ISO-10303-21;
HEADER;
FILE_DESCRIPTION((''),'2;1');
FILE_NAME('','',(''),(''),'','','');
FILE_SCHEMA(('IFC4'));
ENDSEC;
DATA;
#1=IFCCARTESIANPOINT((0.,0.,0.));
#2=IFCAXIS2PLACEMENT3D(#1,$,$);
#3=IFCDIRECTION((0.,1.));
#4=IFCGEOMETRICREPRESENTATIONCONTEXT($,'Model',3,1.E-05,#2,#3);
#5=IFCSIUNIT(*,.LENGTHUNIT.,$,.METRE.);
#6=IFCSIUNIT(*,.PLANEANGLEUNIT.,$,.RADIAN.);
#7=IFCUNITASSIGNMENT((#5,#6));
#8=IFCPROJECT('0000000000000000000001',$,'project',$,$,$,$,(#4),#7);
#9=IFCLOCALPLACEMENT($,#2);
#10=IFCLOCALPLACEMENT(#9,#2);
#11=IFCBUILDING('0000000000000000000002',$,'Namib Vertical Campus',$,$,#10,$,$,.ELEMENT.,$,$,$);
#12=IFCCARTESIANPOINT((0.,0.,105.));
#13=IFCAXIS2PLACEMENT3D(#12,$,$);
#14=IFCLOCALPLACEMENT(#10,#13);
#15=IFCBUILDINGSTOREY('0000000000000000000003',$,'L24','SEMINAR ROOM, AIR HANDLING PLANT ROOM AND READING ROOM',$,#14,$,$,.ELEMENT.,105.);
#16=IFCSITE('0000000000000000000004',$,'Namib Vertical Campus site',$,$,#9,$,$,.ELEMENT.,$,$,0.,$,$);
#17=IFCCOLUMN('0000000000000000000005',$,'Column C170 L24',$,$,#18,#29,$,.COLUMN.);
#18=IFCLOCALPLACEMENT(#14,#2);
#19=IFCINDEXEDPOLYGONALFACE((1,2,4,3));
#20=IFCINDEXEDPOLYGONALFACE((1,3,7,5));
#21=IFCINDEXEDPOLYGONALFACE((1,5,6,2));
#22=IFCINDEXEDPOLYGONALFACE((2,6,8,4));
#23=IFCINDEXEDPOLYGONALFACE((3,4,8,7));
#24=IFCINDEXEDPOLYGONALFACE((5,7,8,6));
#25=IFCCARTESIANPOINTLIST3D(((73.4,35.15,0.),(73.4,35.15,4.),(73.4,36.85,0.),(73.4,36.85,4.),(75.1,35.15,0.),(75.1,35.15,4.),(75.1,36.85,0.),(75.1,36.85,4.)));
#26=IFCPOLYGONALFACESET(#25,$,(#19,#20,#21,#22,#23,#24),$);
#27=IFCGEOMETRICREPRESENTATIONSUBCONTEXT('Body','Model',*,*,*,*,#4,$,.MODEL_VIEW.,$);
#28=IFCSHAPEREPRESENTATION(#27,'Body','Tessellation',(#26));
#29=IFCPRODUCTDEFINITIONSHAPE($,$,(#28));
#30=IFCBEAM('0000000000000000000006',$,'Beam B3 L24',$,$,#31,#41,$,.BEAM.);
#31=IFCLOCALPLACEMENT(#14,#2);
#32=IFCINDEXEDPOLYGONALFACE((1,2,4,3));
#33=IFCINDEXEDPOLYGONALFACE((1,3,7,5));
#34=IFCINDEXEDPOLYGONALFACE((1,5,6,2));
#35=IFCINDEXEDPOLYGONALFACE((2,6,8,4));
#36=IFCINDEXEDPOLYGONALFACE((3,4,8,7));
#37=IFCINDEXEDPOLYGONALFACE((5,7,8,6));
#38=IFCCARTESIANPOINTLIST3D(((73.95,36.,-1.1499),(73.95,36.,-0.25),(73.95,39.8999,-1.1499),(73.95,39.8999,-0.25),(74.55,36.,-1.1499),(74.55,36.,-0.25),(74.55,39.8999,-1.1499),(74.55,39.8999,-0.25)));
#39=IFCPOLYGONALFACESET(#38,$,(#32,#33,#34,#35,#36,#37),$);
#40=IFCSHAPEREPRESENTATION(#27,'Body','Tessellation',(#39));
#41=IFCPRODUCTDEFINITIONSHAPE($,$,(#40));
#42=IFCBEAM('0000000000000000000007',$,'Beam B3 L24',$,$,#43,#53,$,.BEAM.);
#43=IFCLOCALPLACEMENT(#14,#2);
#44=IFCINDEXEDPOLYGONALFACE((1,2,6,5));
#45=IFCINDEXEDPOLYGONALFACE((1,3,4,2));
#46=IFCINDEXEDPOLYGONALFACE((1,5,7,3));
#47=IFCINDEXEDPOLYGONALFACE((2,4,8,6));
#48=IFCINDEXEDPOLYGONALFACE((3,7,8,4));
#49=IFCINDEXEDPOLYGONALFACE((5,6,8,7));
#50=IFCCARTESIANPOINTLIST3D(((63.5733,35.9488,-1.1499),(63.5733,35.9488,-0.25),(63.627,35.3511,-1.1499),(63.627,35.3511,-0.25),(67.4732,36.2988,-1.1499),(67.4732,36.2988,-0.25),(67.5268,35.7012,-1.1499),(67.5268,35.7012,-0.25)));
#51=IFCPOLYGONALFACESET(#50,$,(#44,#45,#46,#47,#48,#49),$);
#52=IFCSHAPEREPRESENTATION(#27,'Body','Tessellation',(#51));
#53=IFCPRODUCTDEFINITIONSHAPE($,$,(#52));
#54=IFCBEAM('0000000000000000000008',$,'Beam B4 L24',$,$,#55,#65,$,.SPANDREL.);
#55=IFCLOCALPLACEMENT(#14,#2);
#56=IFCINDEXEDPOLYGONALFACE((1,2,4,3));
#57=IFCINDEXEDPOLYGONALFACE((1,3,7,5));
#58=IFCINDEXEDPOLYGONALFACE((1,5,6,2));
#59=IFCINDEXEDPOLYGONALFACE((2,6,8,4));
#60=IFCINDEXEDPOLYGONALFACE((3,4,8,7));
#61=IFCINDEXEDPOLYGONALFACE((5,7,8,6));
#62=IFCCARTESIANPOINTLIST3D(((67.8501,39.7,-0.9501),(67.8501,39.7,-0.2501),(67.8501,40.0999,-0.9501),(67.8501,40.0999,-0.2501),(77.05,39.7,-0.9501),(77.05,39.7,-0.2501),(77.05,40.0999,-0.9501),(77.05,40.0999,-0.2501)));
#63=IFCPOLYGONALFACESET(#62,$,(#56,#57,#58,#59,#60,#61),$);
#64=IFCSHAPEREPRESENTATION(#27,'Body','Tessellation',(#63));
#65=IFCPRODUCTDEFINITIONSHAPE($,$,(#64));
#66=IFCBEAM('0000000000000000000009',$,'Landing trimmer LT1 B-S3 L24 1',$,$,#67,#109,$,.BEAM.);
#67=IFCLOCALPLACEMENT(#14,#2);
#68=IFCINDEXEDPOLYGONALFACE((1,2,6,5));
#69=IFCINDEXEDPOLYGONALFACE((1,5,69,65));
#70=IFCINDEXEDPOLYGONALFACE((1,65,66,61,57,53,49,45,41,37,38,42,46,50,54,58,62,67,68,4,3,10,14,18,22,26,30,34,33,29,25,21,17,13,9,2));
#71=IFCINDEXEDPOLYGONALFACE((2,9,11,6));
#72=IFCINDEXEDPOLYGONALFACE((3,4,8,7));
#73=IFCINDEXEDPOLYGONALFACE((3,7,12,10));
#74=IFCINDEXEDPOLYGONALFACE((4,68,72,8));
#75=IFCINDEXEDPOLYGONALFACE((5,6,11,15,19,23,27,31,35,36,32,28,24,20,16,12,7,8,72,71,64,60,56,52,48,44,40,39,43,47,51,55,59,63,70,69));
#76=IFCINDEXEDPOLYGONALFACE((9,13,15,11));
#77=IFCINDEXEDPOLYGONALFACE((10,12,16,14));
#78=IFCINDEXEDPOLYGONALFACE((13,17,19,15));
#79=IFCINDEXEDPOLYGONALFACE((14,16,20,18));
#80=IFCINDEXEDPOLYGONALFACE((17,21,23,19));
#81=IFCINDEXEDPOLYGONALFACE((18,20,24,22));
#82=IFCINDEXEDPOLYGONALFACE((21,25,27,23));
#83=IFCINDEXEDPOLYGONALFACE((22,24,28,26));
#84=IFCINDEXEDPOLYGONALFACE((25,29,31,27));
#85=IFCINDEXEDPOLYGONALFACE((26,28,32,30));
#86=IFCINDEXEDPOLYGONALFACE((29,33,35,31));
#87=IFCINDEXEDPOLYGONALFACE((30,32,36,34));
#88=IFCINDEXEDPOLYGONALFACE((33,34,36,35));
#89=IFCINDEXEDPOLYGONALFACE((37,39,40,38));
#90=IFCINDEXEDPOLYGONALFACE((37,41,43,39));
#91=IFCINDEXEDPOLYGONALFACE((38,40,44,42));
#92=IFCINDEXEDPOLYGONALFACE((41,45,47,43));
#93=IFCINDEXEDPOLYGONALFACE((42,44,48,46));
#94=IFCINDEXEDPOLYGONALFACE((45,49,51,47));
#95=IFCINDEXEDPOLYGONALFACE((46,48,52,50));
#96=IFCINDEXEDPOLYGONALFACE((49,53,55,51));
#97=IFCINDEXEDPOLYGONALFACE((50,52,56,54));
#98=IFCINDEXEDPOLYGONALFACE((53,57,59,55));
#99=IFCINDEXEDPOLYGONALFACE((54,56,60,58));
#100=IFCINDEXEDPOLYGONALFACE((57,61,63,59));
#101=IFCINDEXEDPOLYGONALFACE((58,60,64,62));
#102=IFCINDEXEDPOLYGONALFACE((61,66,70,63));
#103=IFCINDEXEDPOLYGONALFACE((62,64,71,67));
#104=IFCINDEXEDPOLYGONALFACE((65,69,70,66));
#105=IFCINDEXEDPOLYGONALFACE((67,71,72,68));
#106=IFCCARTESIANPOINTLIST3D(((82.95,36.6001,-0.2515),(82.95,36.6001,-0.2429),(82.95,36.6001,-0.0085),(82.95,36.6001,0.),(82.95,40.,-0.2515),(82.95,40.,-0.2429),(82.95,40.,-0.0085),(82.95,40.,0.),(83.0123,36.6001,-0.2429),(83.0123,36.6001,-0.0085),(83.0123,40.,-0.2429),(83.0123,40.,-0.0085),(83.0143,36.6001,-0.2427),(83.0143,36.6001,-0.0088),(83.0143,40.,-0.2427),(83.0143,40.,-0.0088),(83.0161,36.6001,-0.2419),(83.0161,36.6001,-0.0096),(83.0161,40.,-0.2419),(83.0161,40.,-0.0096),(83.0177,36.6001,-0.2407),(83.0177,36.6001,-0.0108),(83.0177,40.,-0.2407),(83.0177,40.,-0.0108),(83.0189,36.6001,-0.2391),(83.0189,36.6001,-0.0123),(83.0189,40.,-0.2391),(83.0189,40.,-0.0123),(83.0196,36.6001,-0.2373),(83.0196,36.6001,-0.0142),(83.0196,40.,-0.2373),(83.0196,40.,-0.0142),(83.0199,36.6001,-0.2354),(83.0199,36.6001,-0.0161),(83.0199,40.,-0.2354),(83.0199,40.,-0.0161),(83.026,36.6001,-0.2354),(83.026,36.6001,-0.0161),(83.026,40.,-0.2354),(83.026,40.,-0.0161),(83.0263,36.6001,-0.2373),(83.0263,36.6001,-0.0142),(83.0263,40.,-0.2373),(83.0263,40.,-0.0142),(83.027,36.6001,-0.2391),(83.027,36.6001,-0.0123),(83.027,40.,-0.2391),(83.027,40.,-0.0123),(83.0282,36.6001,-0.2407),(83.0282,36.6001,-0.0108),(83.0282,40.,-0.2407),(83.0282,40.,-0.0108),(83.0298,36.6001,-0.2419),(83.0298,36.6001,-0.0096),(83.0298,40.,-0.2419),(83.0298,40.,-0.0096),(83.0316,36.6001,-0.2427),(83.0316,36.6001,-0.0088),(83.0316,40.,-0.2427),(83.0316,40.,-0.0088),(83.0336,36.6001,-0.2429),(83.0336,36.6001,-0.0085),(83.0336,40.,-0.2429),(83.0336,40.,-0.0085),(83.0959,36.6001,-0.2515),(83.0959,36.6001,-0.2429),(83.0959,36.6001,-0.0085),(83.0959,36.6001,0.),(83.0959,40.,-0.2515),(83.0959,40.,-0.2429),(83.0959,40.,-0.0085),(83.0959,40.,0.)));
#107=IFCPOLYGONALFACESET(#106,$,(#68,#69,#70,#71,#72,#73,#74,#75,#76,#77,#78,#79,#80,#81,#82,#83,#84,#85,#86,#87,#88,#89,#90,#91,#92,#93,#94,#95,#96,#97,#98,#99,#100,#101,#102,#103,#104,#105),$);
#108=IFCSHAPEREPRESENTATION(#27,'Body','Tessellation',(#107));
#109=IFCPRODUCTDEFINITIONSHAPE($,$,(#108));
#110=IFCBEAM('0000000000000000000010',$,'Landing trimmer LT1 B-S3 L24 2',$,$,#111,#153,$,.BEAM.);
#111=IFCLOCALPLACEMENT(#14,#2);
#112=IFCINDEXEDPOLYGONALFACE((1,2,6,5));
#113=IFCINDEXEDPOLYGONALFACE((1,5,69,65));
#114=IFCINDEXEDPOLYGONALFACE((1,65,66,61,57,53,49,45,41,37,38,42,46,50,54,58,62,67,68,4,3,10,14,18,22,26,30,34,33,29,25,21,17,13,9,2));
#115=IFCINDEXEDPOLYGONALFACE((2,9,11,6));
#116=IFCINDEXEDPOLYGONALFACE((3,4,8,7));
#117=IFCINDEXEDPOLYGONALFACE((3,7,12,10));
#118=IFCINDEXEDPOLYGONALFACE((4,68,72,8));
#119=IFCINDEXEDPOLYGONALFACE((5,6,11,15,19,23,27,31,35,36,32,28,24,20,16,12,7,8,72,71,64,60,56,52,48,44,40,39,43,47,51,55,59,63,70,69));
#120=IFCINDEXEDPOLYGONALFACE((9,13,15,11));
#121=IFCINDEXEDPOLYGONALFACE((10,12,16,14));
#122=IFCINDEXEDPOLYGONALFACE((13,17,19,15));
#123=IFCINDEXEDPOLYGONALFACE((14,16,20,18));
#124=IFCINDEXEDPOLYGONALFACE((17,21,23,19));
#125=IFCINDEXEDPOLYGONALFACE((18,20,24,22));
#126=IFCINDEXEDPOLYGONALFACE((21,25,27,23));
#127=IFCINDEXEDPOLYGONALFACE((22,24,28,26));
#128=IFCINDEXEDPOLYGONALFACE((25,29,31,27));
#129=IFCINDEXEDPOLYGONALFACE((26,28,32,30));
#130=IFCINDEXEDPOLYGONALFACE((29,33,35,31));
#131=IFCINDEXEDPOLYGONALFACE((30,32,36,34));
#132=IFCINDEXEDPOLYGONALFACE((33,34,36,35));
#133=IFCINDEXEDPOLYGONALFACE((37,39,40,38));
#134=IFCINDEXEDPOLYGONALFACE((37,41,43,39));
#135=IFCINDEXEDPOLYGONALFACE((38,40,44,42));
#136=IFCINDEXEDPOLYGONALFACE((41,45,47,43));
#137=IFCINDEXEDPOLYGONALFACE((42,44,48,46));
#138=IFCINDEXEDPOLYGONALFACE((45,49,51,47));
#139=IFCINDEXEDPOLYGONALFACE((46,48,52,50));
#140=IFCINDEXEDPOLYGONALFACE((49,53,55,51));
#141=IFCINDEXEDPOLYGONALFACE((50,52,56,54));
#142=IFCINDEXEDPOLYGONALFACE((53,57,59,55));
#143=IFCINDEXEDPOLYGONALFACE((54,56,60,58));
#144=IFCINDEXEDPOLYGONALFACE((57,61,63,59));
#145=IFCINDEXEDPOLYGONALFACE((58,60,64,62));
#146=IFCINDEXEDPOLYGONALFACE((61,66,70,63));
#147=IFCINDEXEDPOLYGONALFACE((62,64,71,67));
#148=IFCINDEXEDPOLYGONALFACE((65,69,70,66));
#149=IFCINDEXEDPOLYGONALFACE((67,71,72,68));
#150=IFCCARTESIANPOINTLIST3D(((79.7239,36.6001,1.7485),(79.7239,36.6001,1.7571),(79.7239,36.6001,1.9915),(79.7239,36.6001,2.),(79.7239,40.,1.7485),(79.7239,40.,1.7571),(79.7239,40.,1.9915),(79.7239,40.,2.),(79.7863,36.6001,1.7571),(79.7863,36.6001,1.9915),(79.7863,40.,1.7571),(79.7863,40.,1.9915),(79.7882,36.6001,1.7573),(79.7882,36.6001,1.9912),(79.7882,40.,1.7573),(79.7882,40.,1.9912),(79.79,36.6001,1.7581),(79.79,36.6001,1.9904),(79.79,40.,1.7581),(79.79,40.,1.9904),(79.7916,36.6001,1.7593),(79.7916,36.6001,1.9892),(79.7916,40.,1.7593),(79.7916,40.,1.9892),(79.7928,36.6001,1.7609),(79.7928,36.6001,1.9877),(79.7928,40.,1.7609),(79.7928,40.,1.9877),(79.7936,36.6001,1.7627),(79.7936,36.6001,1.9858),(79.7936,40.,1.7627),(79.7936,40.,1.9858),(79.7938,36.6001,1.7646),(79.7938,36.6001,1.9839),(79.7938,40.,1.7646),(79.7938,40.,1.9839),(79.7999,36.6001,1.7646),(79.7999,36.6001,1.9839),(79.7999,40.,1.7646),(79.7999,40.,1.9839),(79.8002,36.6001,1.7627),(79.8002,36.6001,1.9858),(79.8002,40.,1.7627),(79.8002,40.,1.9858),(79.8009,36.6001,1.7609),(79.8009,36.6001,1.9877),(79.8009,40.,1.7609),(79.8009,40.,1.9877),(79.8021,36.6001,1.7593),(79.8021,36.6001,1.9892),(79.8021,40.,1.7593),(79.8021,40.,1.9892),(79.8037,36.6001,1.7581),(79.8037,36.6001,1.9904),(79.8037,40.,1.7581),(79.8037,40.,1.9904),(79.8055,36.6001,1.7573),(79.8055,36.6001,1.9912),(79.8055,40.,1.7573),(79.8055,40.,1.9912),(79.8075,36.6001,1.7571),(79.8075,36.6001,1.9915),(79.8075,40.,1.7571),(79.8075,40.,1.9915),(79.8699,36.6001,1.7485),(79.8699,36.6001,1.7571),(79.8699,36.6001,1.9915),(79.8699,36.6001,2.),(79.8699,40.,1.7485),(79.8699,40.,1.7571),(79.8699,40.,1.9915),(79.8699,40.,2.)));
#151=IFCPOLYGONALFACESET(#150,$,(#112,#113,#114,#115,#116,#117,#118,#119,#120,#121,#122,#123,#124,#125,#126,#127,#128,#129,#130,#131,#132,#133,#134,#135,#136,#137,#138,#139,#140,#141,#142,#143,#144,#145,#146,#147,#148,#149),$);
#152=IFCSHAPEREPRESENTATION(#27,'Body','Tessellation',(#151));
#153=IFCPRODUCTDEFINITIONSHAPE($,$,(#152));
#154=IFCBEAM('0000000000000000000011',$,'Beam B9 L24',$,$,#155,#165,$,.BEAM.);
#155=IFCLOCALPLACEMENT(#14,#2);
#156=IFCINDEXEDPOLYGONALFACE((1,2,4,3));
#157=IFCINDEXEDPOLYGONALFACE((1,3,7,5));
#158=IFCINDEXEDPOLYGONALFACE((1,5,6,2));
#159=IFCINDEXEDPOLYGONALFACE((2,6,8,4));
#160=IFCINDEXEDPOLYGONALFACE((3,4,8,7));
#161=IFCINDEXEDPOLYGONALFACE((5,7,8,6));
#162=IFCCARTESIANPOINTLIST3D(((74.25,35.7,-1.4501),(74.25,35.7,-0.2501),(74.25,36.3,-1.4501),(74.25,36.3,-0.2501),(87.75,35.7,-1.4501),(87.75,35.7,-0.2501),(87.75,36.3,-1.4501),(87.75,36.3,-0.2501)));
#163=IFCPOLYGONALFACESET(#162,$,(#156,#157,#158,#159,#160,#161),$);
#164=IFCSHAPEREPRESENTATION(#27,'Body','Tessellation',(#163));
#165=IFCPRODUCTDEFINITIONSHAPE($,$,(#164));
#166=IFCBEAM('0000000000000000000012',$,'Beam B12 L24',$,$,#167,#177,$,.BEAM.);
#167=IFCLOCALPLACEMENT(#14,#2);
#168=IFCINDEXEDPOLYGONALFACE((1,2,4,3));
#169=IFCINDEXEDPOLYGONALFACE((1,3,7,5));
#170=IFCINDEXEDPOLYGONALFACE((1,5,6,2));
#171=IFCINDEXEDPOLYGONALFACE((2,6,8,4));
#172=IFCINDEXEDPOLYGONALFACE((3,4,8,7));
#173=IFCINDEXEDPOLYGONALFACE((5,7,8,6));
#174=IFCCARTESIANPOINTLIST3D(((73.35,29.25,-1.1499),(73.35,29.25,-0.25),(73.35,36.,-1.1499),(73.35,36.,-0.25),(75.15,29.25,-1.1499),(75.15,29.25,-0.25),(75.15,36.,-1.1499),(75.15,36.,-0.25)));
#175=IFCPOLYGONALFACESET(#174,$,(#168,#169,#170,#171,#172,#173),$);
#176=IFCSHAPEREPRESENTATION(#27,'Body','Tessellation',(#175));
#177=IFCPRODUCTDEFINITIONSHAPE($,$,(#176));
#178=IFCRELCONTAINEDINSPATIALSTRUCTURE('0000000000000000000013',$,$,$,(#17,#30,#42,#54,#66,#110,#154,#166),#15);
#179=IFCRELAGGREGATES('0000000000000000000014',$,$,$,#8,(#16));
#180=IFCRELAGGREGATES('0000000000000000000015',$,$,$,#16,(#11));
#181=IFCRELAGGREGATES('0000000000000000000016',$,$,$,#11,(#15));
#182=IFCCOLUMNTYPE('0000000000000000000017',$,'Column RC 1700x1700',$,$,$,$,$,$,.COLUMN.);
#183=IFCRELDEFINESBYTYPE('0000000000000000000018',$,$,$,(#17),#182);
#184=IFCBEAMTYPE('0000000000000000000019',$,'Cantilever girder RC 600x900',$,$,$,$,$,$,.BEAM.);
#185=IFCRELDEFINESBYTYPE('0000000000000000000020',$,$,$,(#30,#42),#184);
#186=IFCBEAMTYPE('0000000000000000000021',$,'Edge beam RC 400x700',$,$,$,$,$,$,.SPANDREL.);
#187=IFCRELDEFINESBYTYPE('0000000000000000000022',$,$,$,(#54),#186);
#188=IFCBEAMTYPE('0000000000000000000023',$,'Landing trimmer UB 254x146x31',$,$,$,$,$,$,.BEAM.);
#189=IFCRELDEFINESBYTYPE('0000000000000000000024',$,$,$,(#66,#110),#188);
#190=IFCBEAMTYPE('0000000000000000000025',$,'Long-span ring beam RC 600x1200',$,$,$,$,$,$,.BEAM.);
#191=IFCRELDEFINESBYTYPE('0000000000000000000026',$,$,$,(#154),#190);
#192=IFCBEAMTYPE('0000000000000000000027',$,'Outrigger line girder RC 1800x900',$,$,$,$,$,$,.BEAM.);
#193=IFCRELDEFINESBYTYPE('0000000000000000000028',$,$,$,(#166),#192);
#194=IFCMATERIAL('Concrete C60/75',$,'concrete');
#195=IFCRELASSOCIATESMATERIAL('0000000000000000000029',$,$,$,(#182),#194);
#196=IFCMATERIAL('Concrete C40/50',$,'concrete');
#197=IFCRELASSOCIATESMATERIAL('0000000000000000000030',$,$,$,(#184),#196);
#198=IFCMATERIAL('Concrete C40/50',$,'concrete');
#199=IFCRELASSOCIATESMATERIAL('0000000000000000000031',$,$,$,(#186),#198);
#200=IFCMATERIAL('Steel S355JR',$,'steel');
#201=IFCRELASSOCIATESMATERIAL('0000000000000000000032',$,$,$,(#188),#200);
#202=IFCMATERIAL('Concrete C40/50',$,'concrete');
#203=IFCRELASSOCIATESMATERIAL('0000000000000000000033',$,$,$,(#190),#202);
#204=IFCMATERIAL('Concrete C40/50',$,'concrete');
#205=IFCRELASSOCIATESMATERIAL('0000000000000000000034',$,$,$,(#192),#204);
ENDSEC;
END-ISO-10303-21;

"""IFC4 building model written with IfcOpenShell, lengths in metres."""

from ifc_helpers import new_model, si_unit, direction, frame, origin, origin_2d, place, context, subcontext, project, spatial, rectangle, i_section, extrude, material, material_profile, profile_set, type_object, element, save


model = new_model("IFC4")

# Units and contexts
model_context = context("Model", 3, precision=1e-05, world=origin(), true_north=direction((0.0, 1.0)))
body_context = subcontext(model_context, "Body", "Model", "MODEL_VIEW")
ifc_project = project(units=[si_unit("LENGTHUNIT", "METRE"), si_unit("PLANEANGLEUNIT", "RADIAN")], contexts=[model_context])

# Site, building, storey
site_placement = place(None, origin())
site = spatial("IfcSite", under=ifc_project, at=site_placement, Name="Namib Vertical Campus site", CompositionType="ELEMENT", RefElevation=0.0)
building_placement = place(site_placement, origin())
building = spatial("IfcBuilding", under=site, at=building_placement, Name="Namib Vertical Campus", CompositionType="ELEMENT")
storey_placement = place(building_placement, frame((0.0, 0.0, 105.0)))
storey = spatial("IfcBuildingStorey", under=building, at=storey_placement, Name="L24", Description="SEMINAR ROOM, AIR HANDLING PLANT ROOM AND READING ROOM", CompositionType="ELEMENT", Elevation=105.0)

# Column
ifc_material_1 = material(Name="Concrete C60/75", Category="concrete")
ifc_material_profile_1 = material_profile(ifc_material_1, rectangle(XDim=1.7, YDim=1.7, at=origin_2d()))
ifc_profile_set_1 = profile_set([ifc_material_profile_1], Name="Concrete C60/75")
column_type = type_object("IfcColumnType", Name="Column RC 1700x1700", PredefinedType="COLUMN", material=ifc_profile_set_1)
column_placement = place(storey_placement, frame((74.25, 36.0, 0.0), z_axis=(0.0, 0.0, 1.0), x_axis=(1.0, 0.0, 0.0)))
element("IfcColumn", 1, at=column_placement, inside=storey, type_object=column_type, Name="Column C170 L24", PredefinedType="COLUMN", context=body_context, shape_type="SweptSolid", body=[
    extrude(rectangle(XDim=1.7, YDim=1.7, at=origin_2d()), origin(), (0.0, 0.0, 1.0), 4.0),
])

# Beams
ifc_material_2 = material(Name="Concrete C40/50", Category="concrete")
ifc_material_profile_2 = material_profile(ifc_material_2, rectangle(XDim=0.6001, YDim=0.8999, at=origin_2d()))
ifc_profile_set_2 = profile_set([ifc_material_profile_2], Name="Concrete C40/50")
beam_type_1 = type_object("IfcBeamType", Name="Cantilever girder RC 600x900", PredefinedType="BEAM", material=ifc_profile_set_2)
beam_1_placement = place(storey_placement, frame((74.25, 36.0, -0.7), z_axis=(0.0, 1.0, 0.0), x_axis=(-1.0, 0.0, 0.0)))
element("IfcBeam", 2, at=beam_1_placement, inside=storey, type_object=beam_type_1, Name="Beam B3 L24", PredefinedType="BEAM", context=body_context, shape_type="SweptSolid", body=[
    extrude(rectangle(XDim=0.6001, YDim=0.8999, at=origin_2d()), origin(), (0.0, 0.0, 1.0), 3.8999),
])
beam_2_placement = place(storey_placement, frame((67.5, 36.0, -0.7), z_axis=(-0.995995, -0.089411, 0.0), x_axis=(0.089411, -0.995995, 0.0)))
element("IfcBeam", 3, at=beam_2_placement, inside=storey, type_object=beam_type_1, Name="Beam B3 L24", PredefinedType="BEAM", context=body_context, shape_type="SweptSolid", body=[
    extrude(rectangle(XDim=0.6001, YDim=0.8999, at=origin_2d()), origin(), (0.0, 0.0, 1.0), 3.9155),
])
ifc_material_3 = material(Name="Concrete C40/50", Category="concrete")
ifc_material_profile_3 = material_profile(ifc_material_3, rectangle(XDim=0.3999, YDim=0.7, at=origin_2d()))
ifc_profile_set_3 = profile_set([ifc_material_profile_3], Name="Concrete C40/50")
beam_type_2 = type_object("IfcBeamType", Name="Edge beam RC 400x700", PredefinedType="SPANDREL", material=ifc_profile_set_3)
beam_3_placement = place(storey_placement, frame((67.8501, 39.8999, -0.6001), z_axis=(1.0, 0.0, 0.0), x_axis=(0.0, 1.0, 0.0)))
element("IfcBeam", 4, at=beam_3_placement, inside=storey, type_object=beam_type_2, Name="Beam B4 L24", PredefinedType="SPANDREL", context=body_context, shape_type="SweptSolid", body=[
    extrude(rectangle(XDim=0.3999, YDim=0.7, at=origin_2d()), origin(), (0.0, 0.0, 1.0), 9.2),
])
ifc_material_4 = material(Name="Steel S355JR", Category="steel")
ifc_material_profile_4 = material_profile(ifc_material_4, i_section(OverallWidth=0.146, OverallDepth=0.2515, WebThickness=0.0061, FlangeThickness=0.0085, FilletRadius=0.0076, at=origin_2d()))
ifc_profile_set_4 = profile_set([ifc_material_profile_4], Name="Steel S355JR")
beam_type_3 = type_object("IfcBeamType", Name="Landing trimmer UB 254x146x31", PredefinedType="BEAM", material=ifc_profile_set_4)
for number, where, z_axis, x_axis, name in (
    (5, (83.0229, 36.6001, -0.1257), (0.0, 1.0, 0.0), (-1.0, 0.0, 0.0), "Landing trimmer LT1 B-S3 L24 1"),
    (6, (79.7969, 36.6001, 1.8743), (0.0, 1.0, 0.0), (-1.0, 0.0, 0.0), "Landing trimmer LT1 B-S3 L24 2"),
):
    element("IfcBeam", number, at=place(storey_placement, frame(where, z_axis=z_axis, x_axis=x_axis)), inside=storey, type_object=beam_type_3, Name=name, PredefinedType="BEAM", context=body_context, shape_type="SweptSolid", body=[
        extrude(i_section(OverallWidth=0.146, OverallDepth=0.2515, WebThickness=0.0061, FlangeThickness=0.0085, FilletRadius=0.0076, at=origin_2d()), origin(), (0.0, 0.0, 1.0), 3.3999),
    ])
ifc_material_5 = material(Name="Concrete C40/50", Category="concrete")
ifc_material_profile_5 = material_profile(ifc_material_5, rectangle(XDim=0.6001, YDim=1.2, at=origin_2d()))
ifc_profile_set_5 = profile_set([ifc_material_profile_5], Name="Concrete C40/50")
beam_type_4 = type_object("IfcBeamType", Name="Long-span ring beam RC 600x1200", PredefinedType="BEAM", material=ifc_profile_set_5)
beam_4_placement = place(storey_placement, frame((74.25, 36.0, -0.8501), z_axis=(1.0, 0.0, 0.0), x_axis=(0.0, 1.0, 0.0)))
element("IfcBeam", 7, at=beam_4_placement, inside=storey, type_object=beam_type_4, Name="Beam B9 L24", PredefinedType="BEAM", context=body_context, shape_type="SweptSolid", body=[
    extrude(rectangle(XDim=0.6001, YDim=1.2, at=origin_2d()), origin(), (0.0, 0.0, 1.0), 13.5),
])
ifc_material_6 = material(Name="Concrete C40/50", Category="concrete")
ifc_material_profile_6 = material_profile(ifc_material_6, rectangle(XDim=1.8, YDim=0.8999, at=origin_2d()))
ifc_profile_set_6 = profile_set([ifc_material_profile_6], Name="Concrete C40/50")
beam_type_5 = type_object("IfcBeamType", Name="Outrigger line girder RC 1800x900", PredefinedType="BEAM", material=ifc_profile_set_6)
beam_5_placement = place(storey_placement, frame((74.25, 36.0, -0.7), z_axis=(0.0, -1.0, 0.0), x_axis=(1.0, 0.0, 0.0)))
element("IfcBeam", 8, at=beam_5_placement, inside=storey, type_object=beam_type_5, Name="Beam B12 L24", PredefinedType="BEAM", context=body_context, shape_type="SweptSolid", body=[
    extrude(rectangle(XDim=1.8, YDim=0.8999, at=origin_2d()), origin(), (0.0, 0.0, 1.0), 6.75),
])

save(model, "model.ifc")
